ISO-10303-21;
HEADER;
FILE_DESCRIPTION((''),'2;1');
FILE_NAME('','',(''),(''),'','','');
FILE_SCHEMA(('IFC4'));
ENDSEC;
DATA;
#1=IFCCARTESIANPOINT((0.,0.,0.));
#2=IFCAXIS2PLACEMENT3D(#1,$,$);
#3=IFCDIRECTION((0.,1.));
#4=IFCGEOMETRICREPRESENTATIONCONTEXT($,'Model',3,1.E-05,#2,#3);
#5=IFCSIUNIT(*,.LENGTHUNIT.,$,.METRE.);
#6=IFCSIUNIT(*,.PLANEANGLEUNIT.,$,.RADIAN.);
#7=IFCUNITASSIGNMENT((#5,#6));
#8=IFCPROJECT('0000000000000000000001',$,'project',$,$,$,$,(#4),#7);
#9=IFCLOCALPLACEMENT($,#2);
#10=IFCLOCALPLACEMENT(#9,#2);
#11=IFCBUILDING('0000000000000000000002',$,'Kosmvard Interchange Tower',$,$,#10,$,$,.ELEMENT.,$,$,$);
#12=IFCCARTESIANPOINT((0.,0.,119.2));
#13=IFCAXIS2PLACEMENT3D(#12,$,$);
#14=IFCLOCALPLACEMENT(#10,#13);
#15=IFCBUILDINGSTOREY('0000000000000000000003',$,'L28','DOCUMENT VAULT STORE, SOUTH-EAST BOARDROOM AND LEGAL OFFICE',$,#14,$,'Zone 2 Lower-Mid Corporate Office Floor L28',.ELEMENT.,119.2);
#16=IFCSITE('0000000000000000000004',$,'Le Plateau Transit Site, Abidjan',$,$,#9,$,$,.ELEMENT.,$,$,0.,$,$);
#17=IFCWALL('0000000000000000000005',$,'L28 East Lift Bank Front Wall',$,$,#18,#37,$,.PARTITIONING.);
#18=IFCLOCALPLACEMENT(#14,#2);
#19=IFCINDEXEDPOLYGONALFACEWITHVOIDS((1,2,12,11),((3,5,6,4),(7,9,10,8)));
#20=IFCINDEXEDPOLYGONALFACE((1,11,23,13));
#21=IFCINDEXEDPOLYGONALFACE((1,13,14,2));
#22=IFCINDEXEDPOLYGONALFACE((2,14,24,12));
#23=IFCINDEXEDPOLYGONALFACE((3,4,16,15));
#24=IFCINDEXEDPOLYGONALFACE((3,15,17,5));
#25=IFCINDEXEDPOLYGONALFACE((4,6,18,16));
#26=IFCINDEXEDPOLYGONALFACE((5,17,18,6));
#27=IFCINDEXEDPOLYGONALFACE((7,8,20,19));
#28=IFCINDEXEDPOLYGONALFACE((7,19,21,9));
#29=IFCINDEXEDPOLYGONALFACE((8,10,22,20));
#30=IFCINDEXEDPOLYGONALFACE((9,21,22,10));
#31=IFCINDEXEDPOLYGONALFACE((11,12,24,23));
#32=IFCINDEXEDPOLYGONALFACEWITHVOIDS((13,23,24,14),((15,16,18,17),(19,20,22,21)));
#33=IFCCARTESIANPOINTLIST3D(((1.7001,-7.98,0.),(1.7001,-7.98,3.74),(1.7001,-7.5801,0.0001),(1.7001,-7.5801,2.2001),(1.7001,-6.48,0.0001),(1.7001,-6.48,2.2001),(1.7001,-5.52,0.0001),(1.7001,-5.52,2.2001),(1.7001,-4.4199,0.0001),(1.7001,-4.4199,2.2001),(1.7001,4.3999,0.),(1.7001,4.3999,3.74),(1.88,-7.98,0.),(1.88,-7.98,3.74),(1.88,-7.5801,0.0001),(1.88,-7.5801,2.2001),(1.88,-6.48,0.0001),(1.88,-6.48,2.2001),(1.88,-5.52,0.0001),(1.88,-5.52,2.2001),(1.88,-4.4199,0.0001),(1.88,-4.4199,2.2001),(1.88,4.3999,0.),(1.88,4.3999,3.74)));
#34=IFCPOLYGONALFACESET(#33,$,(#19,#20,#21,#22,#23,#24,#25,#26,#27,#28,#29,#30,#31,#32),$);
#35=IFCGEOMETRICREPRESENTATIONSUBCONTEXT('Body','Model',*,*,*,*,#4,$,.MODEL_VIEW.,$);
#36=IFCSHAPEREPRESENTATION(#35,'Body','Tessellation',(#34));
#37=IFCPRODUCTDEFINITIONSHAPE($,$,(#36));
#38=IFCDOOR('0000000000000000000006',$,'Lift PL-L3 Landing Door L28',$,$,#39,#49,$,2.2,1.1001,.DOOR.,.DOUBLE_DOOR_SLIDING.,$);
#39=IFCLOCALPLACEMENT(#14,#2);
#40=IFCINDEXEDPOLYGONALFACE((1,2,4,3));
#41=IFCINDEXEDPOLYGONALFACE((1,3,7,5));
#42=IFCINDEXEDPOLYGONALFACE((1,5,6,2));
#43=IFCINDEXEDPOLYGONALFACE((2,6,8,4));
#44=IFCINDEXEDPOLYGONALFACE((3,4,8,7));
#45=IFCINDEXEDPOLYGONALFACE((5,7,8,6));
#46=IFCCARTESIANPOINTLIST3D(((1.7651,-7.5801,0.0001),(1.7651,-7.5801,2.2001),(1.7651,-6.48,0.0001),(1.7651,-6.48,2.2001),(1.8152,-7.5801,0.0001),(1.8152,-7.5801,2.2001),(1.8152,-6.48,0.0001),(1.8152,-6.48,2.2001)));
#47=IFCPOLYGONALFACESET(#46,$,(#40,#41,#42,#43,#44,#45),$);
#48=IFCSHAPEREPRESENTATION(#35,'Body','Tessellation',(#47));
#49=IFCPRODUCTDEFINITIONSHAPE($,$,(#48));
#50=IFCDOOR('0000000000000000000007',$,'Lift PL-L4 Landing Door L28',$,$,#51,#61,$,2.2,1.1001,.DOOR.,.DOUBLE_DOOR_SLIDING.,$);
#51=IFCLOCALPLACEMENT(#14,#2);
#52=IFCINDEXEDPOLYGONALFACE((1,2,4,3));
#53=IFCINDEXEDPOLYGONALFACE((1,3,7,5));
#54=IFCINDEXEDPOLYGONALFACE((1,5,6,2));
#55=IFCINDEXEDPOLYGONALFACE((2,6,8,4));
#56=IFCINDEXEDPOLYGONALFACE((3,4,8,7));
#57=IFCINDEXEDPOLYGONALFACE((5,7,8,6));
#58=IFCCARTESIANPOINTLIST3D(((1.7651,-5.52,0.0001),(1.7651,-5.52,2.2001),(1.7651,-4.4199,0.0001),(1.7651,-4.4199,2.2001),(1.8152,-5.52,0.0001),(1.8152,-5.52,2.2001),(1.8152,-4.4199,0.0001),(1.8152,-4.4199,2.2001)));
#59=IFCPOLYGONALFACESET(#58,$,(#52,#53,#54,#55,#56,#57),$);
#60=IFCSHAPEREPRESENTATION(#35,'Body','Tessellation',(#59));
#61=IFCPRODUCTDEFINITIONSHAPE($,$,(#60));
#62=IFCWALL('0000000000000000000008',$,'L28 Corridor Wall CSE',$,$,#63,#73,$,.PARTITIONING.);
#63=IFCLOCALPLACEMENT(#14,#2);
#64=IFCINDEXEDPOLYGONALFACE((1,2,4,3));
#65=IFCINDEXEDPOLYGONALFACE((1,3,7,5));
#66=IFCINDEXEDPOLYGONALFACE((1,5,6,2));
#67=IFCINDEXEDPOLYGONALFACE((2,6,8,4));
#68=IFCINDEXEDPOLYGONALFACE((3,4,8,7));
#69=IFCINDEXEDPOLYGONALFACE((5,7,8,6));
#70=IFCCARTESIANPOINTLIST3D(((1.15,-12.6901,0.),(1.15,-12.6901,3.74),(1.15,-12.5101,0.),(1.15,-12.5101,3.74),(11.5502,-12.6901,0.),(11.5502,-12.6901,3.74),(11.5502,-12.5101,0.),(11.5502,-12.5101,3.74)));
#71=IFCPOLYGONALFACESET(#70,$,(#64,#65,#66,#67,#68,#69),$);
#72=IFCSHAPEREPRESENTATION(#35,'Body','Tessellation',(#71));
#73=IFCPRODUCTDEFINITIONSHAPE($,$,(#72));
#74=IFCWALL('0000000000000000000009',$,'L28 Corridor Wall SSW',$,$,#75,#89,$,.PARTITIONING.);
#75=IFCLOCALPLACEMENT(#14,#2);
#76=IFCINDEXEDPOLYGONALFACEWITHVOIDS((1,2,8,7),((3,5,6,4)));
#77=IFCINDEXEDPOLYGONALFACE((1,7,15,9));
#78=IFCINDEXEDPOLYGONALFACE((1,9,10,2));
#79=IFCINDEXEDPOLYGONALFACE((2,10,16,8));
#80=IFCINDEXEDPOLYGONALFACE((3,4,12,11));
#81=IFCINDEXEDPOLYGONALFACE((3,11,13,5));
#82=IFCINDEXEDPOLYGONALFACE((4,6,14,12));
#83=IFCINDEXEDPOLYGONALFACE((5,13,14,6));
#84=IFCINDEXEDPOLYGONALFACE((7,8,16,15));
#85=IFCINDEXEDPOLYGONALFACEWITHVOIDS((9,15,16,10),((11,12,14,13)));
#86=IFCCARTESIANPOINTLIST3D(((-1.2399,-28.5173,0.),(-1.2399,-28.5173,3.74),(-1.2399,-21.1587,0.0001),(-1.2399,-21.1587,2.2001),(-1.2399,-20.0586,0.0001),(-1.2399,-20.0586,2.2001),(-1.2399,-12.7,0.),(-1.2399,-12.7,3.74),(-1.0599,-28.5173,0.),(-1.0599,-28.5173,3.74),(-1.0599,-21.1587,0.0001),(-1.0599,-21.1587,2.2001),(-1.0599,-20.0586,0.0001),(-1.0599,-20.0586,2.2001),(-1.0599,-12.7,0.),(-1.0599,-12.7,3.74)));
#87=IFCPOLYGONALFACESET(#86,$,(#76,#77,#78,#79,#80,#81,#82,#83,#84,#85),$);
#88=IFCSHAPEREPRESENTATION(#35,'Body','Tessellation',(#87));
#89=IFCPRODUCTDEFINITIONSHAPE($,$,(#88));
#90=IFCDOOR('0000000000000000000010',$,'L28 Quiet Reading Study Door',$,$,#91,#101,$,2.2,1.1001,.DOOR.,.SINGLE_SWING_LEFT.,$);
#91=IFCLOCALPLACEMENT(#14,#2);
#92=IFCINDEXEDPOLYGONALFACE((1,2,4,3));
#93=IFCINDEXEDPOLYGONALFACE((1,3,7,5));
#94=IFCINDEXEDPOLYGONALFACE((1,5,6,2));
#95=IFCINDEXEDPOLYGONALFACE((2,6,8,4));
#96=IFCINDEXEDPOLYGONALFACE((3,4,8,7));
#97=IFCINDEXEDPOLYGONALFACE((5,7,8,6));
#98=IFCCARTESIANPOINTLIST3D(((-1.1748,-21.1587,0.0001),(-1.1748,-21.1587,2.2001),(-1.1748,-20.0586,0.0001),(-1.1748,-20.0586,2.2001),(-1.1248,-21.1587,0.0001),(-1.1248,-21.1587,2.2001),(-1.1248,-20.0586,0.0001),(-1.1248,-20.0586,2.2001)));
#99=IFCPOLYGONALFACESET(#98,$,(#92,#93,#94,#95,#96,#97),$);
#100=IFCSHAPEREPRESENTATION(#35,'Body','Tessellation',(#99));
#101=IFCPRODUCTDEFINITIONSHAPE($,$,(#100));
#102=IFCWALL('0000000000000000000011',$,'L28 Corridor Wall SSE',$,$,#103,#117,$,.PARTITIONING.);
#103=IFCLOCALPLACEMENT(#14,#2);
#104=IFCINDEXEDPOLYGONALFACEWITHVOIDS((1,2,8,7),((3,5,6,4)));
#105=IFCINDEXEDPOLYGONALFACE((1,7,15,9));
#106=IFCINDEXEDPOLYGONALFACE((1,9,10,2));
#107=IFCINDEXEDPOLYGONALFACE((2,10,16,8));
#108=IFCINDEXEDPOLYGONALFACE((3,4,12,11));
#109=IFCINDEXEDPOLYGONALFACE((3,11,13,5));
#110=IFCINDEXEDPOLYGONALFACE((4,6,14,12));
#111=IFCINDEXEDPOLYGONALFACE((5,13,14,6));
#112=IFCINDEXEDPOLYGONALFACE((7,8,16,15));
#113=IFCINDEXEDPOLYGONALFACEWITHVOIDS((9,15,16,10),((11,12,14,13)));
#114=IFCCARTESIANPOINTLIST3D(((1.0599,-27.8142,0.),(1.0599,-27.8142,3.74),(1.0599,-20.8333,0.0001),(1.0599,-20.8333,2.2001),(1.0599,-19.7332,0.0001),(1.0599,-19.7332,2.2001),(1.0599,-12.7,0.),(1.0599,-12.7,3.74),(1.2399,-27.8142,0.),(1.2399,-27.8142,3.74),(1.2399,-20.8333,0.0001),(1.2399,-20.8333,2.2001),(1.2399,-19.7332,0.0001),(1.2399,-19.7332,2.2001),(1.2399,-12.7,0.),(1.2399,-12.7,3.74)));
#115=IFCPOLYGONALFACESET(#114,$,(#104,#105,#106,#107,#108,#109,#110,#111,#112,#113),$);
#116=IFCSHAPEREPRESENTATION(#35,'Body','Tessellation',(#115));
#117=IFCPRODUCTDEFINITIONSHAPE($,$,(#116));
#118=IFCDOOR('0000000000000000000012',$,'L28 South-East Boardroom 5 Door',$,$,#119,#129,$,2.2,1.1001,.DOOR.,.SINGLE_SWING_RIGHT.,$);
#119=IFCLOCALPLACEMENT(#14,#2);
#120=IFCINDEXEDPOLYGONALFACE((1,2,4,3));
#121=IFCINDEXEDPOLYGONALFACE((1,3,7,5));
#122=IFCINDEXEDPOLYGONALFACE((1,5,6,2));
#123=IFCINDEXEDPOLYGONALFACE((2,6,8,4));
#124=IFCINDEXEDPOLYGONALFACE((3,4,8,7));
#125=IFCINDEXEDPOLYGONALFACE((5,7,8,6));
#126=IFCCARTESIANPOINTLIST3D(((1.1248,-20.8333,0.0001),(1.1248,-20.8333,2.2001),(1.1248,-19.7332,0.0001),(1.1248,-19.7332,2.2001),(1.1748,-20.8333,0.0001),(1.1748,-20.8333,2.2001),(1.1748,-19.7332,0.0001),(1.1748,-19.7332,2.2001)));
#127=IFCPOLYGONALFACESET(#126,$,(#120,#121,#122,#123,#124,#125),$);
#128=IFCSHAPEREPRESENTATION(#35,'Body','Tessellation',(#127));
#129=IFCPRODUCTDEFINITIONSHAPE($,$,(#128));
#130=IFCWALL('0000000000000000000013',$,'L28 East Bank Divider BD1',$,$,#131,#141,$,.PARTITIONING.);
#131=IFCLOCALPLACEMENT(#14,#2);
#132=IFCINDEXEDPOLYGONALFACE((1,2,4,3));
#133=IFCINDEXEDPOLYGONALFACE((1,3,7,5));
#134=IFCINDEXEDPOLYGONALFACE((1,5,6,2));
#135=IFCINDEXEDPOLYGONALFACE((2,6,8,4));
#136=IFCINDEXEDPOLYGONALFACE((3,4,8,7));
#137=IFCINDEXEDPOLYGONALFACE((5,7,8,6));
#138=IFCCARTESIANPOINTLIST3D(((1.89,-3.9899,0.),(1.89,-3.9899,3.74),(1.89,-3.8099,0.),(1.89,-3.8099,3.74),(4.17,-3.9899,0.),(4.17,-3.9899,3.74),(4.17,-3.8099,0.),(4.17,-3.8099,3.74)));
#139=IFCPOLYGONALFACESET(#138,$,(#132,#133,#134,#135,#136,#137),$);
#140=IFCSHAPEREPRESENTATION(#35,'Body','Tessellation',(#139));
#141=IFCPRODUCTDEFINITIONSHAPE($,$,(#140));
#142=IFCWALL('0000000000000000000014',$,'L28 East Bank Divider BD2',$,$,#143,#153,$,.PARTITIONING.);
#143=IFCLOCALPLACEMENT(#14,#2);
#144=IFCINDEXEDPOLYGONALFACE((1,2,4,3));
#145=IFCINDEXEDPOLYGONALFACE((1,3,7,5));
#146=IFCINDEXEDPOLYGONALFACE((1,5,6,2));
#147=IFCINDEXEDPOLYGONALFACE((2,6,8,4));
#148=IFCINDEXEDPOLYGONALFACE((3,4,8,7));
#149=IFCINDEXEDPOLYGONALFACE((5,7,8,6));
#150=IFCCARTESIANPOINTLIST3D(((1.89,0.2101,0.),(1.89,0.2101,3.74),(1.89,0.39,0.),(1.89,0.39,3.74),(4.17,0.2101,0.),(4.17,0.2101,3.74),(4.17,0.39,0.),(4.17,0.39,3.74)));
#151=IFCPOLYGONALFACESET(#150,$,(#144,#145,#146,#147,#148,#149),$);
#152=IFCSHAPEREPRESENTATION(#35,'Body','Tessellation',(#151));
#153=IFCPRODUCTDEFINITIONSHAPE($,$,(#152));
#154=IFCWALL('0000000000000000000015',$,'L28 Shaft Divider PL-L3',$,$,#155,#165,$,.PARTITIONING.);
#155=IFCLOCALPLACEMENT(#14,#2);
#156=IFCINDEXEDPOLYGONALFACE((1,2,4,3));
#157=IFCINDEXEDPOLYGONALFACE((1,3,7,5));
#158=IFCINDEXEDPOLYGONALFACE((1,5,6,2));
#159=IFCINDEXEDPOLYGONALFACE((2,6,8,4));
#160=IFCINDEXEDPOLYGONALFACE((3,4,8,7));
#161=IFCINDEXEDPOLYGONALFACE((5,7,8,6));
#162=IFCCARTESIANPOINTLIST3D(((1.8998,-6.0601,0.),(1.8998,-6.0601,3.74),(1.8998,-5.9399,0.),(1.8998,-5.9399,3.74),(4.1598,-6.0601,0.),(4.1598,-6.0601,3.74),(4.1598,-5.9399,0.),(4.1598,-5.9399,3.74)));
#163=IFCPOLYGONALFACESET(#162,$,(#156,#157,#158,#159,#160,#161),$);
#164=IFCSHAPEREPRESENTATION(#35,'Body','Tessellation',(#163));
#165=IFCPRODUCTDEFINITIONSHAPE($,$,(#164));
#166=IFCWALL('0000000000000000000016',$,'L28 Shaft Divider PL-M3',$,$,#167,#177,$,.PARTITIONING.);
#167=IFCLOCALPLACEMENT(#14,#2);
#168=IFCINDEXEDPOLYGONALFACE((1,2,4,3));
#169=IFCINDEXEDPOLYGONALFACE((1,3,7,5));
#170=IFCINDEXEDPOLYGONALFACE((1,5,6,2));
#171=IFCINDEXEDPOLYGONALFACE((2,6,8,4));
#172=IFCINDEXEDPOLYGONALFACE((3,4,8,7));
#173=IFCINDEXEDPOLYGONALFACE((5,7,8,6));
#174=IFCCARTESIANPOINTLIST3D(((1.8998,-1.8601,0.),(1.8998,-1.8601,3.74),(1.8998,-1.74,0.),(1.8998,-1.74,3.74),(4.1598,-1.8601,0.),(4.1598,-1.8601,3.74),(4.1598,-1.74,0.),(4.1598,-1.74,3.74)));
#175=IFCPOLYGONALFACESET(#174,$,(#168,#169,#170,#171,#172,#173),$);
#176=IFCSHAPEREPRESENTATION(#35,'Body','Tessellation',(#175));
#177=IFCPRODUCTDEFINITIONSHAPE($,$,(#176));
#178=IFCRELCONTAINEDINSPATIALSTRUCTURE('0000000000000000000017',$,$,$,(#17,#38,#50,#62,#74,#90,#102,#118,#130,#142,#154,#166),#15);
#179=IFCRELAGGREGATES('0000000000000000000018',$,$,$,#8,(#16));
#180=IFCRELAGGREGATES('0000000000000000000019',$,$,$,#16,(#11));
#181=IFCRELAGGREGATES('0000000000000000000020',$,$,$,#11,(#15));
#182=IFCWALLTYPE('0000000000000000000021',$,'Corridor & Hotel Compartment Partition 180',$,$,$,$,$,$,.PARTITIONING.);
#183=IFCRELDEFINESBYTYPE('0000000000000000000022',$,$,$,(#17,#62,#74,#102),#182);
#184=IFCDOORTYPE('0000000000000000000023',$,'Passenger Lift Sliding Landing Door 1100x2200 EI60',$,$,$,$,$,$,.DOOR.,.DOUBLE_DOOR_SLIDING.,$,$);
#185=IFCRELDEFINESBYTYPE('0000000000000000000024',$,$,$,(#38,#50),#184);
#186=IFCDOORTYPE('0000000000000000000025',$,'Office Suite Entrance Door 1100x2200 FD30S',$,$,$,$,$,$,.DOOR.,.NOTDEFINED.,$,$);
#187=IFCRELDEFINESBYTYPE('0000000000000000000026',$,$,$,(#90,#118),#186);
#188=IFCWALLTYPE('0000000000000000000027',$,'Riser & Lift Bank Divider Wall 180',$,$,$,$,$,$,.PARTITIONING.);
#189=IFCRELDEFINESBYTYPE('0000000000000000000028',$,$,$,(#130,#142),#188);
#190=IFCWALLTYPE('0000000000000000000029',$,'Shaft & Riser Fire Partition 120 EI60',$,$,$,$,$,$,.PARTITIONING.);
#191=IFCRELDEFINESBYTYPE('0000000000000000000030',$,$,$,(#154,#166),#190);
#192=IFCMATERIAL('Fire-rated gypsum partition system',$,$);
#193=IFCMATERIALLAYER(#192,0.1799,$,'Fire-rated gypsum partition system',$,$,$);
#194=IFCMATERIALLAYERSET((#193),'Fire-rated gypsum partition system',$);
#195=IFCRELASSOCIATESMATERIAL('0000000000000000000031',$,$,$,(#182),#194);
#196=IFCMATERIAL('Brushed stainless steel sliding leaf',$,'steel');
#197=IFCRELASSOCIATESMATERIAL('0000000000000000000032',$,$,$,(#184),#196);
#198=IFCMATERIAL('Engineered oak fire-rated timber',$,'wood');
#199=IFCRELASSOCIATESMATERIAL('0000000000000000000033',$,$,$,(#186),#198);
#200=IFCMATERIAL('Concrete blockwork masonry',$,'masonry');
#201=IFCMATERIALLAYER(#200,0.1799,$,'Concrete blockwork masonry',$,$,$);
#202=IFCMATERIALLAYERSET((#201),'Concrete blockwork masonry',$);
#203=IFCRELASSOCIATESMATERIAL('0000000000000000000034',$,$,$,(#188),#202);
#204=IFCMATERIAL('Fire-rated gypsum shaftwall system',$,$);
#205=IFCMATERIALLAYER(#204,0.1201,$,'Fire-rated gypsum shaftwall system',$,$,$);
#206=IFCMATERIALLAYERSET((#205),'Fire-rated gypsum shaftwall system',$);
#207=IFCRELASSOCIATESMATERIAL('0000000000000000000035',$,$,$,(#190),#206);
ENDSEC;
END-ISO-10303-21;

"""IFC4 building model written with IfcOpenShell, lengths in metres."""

from ifc_helpers import new_model, si_unit, direction, frame, frame_2d, origin, place, context, subcontext, project, spatial, rectangle, extrude, source, transform, mapped, material, layer, layer_set, type_object, element, fill, save


model = new_model("IFC4")

# Units and contexts
model_context = context("Model", 3, precision=1e-05, world=origin(), true_north=direction((0.0, 1.0)))
body_context = subcontext(model_context, "Body", "Model", "MODEL_VIEW")
ifc_project = project(units=[si_unit("LENGTHUNIT", "METRE"), si_unit("PLANEANGLEUNIT", "RADIAN")], contexts=[model_context])

# Site, building, storey
site_placement = place(None, origin())
site = spatial("IfcSite", under=ifc_project, at=site_placement, Name="Le Plateau Transit Site, Abidjan", CompositionType="ELEMENT", RefElevation=0.0)
building_placement = place(site_placement, origin())
building = spatial("IfcBuilding", under=site, at=building_placement, Name="Kosmvard Interchange Tower", CompositionType="ELEMENT")
storey_placement = place(building_placement, frame((0.0, 0.0, 119.2)))
storey = spatial("IfcBuildingStorey", under=building, at=storey_placement, Name="L28", Description="DOCUMENT VAULT STORE, SOUTH-EAST BOARDROOM AND LEGAL OFFICE", LongName="Zone 2 Lower-Mid Corporate Office Floor L28", CompositionType="ELEMENT", Elevation=119.2)

# Wall, openings, doors
ifc_material_1 = material(Name="Fire-rated gypsum partition system")
ifc_layer_1 = layer(ifc_material_1, 0.1799, Name="Fire-rated gypsum partition system")
ifc_layer_set_1 = layer_set([ifc_layer_1], Name="Fire-rated gypsum partition system")
wall_type_1 = type_object("IfcWallType", Name="Corridor & Hotel Compartment Partition 180", PredefinedType="PARTITIONING", material=ifc_layer_set_1)
wall_1_placement = place(storey_placement, frame((1.79, -7.98, 0.0), z_axis=(0.0, 0.0, 1.0), x_axis=(0.0, 1.0, 0.0)))
wall_1 = element("IfcWall", 1, at=wall_1_placement, inside=storey, type_object=wall_type_1, Name="L28 East Lift Bank Front Wall", PredefinedType="PARTITIONING", context=body_context, shape_type="SweptSolid", body=[
    extrude(rectangle(XDim=12.3799, YDim=0.1799, at=frame_2d((6.1899, 0.0))), origin(), (0.0, 0.0, 1.0), 3.74),
])
opening_1_placement = place(wall_1_placement, frame((0.3999, 0.0, 0.0)))
opening_1 = element("IfcOpeningElement", 2, at=opening_1_placement, cuts=wall_1, PredefinedType="OPENING", context=body_context, shape_type="SweptSolid", body=[
    extrude(rectangle(XDim=1.1001, YDim=2.2, at=frame_2d((0.55, 1.1001))), frame((0.0, 0.1001, 0.0), z_axis=(0.0, -1.0, 0.0), x_axis=(1.0, 0.0, 0.0)), (0.0, 0.0, 1.0), 0.2),
])
opening_2_placement = place(wall_1_placement, frame((2.46, 0.0, 0.0)))
opening_2 = element("IfcOpeningElement", 3, at=opening_2_placement, cuts=wall_1, PredefinedType="OPENING", context=body_context, shape_type="SweptSolid", body=[
    extrude(rectangle(XDim=1.1001, YDim=2.2, at=frame_2d((0.55, 1.1001))), frame((0.0, 0.1001, 0.0), z_axis=(0.0, -1.0, 0.0), x_axis=(1.0, 0.0, 0.0)), (0.0, 0.0, 1.0), 0.2),
])
ifc_material_2 = material(Name="Brushed stainless steel sliding leaf", Category="steel")
door_type_1 = type_object("IfcDoorType", Name="Passenger Lift Sliding Landing Door 1100x2200 EI60", OperationType="DOUBLE_DOOR_SLIDING", PredefinedType="DOOR", material=ifc_material_2)
shared_shape_1 = source(origin(), body_context, "Body", "SweptSolid", [
    extrude(rectangle(XDim=1.1001, YDim=2.2, at=frame_2d((0.55, 1.1001))), frame((0.0, 0.0249, 0.0), z_axis=(0.0, -1.0, 0.0), x_axis=(1.0, 0.0, 0.0)), (0.0, 0.0, 1.0), 0.05),
])
door_1_placement = place(opening_1_placement, origin())
door_1 = element("IfcDoor", 4, at=door_1_placement, inside=storey, type_object=door_type_1, Name="Lift PL-L3 Landing Door L28", OperationType="DOUBLE_DOOR_SLIDING", OverallHeight=2.2, OverallWidth=1.1001, PredefinedType="DOOR", context=body_context, shape_type="MappedRepresentation", body=[
    mapped(shared_shape_1, transform((0.0, 0.0, 0.0), scale=1.0)),
])
fill(opening_1, door_1)
door_2_placement = place(opening_2_placement, origin())
door_2 = element("IfcDoor", 5, at=door_2_placement, inside=storey, type_object=door_type_1, Name="Lift PL-L4 Landing Door L28", OperationType="DOUBLE_DOOR_SLIDING", OverallHeight=2.2, OverallWidth=1.1001, PredefinedType="DOOR", context=body_context, shape_type="MappedRepresentation", body=[
    mapped(shared_shape_1, transform((0.0, 0.0, 0.0), scale=1.0)),
])
fill(opening_2, door_2)

# Wall
wall_2_placement = place(storey_placement, frame((1.1499, -12.6001, 0.0), z_axis=(0.0, 0.0, 1.0), x_axis=(1.0, 0.0, 0.0)))
element("IfcWall", 6, at=wall_2_placement, inside=storey, type_object=wall_type_1, Name="L28 Corridor Wall CSE", PredefinedType="PARTITIONING", context=body_context, shape_type="SweptSolid", body=[
    extrude(rectangle(XDim=10.4001, YDim=0.1799, at=frame_2d((5.2002, 0.0))), origin(), (0.0, 0.0, 1.0), 3.74),
])

# Walls, openings, doors
wall_3_placement = place(storey_placement, frame((-1.1499, -28.5173, 0.0), z_axis=(0.0, 0.0, 1.0), x_axis=(0.0, 1.0, 0.0)))
wall_3 = element("IfcWall", 7, at=wall_3_placement, inside=storey, type_object=wall_type_1, Name="L28 Corridor Wall SSW", PredefinedType="PARTITIONING", context=body_context, shape_type="SweptSolid", body=[
    extrude(rectangle(XDim=15.8174, YDim=0.1799, at=frame_2d((7.9087, 0.0))), origin(), (0.0, 0.0, 1.0), 3.74),
])
opening_3_placement = place(wall_3_placement, frame((7.3586, 0.0, 0.0)))
opening_3 = element("IfcOpeningElement", 8, at=opening_3_placement, cuts=wall_3, PredefinedType="OPENING", context=body_context, shape_type="SweptSolid", body=[
    extrude(rectangle(XDim=1.1001, YDim=2.2, at=frame_2d((0.55, 1.1001))), frame((0.0, 0.1001, 0.0), z_axis=(0.0, -1.0, 0.0), x_axis=(1.0, 0.0, 0.0)), (0.0, 0.0, 1.0), 0.2),
])
ifc_material_3 = material(Name="Engineered oak fire-rated timber", Category="wood")
door_type_2 = type_object("IfcDoorType", Name="Office Suite Entrance Door 1100x2200 FD30S", OperationType="NOTDEFINED", PredefinedType="DOOR", material=ifc_material_3)
door_3_placement = place(opening_3_placement, origin())
door_3 = element("IfcDoor", 9, at=door_3_placement, inside=storey, type_object=door_type_2, Name="L28 Quiet Reading Study Door", OperationType="SINGLE_SWING_LEFT", OverallHeight=2.2, OverallWidth=1.1001, PredefinedType="DOOR", context=body_context, shape_type="MappedRepresentation", body=[
    mapped(shared_shape_1, transform((0.0, 0.0, 0.0), scale=1.0)),
])
fill(opening_3, door_3)
wall_4_placement = place(storey_placement, frame((1.1499, -27.8142, 0.0), z_axis=(0.0, 0.0, 1.0), x_axis=(0.0, 1.0, 0.0)))
wall_4 = element("IfcWall", 10, at=wall_4_placement, inside=storey, type_object=wall_type_1, Name="L28 Corridor Wall SSE", PredefinedType="PARTITIONING", context=body_context, shape_type="SweptSolid", body=[
    extrude(rectangle(XDim=15.1143, YDim=0.1799, at=frame_2d((7.5571, 0.0))), origin(), (0.0, 0.0, 1.0), 3.74),
])
opening_4_placement = place(wall_4_placement, frame((6.981, 0.0, 0.0)))
opening_4 = element("IfcOpeningElement", 11, at=opening_4_placement, cuts=wall_4, PredefinedType="OPENING", context=body_context, shape_type="SweptSolid", body=[
    extrude(rectangle(XDim=1.1001, YDim=2.2, at=frame_2d((0.55, 1.1001))), frame((0.0, 0.1001, 0.0), z_axis=(0.0, -1.0, 0.0), x_axis=(1.0, 0.0, 0.0)), (0.0, 0.0, 1.0), 0.2),
])
door_4_placement = place(opening_4_placement, frame((1.1001, 0.0, 0.0), z_axis=(0.0, 0.0, 1.0), x_axis=(-1.0, 0.0, 0.0)))
door_4 = element("IfcDoor", 12, at=door_4_placement, inside=storey, type_object=door_type_2, Name="L28 South-East Boardroom 5 Door", OperationType="SINGLE_SWING_RIGHT", OverallHeight=2.2, OverallWidth=1.1001, PredefinedType="DOOR", context=body_context, shape_type="MappedRepresentation", body=[
    mapped(shared_shape_1, transform((0.0, 0.0, 0.0), scale=1.0)),
])
fill(opening_4, door_4)

# Walls
ifc_material_4 = material(Name="Concrete blockwork masonry", Category="masonry")
ifc_layer_2 = layer(ifc_material_4, 0.1799, Name="Concrete blockwork masonry")
ifc_layer_set_2 = layer_set([ifc_layer_2], Name="Concrete blockwork masonry")
wall_type_2 = type_object("IfcWallType", Name="Riser & Lift Bank Divider Wall 180", PredefinedType="PARTITIONING", material=ifc_layer_set_2)
for number, where, z_axis, x_axis, name in (
    (13, (1.8899, -3.8999, 0.0), (0.0, 0.0, 1.0), (1.0, 0.0, 0.0), "L28 East Bank Divider BD1"),
    (14, (1.8899, 0.3, 0.0), (0.0, 0.0, 1.0), (1.0, 0.0, 0.0), "L28 East Bank Divider BD2"),
):
    element("IfcWall", number, at=place(storey_placement, frame(where, z_axis=z_axis, x_axis=x_axis)), inside=storey, type_object=wall_type_2, Name=name, PredefinedType="PARTITIONING", context=body_context, shape_type="SweptSolid", body=[
        extrude(rectangle(XDim=2.28, YDim=0.1799, at=frame_2d((1.1401, 0.0))), origin(), (0.0, 0.0, 1.0), 3.74),
    ])
ifc_material_5 = material(Name="Fire-rated gypsum shaftwall system")
ifc_layer_3 = layer(ifc_material_5, 0.1201, Name="Fire-rated gypsum shaftwall system")
ifc_layer_set_3 = layer_set([ifc_layer_3], Name="Fire-rated gypsum shaftwall system")
wall_type_3 = type_object("IfcWallType", Name="Shaft & Riser Fire Partition 120 EI60", PredefinedType="PARTITIONING", material=ifc_layer_set_3)
for number, where, z_axis, x_axis, name in (
    (15, (1.8999, -6.0, 0.0), (0.0, 0.0, 1.0), (1.0, 0.0, 0.0), "L28 Shaft Divider PL-L3"),
    (16, (1.8999, -1.8, 0.0), (0.0, 0.0, 1.0), (1.0, 0.0, 0.0), "L28 Shaft Divider PL-M3"),
):
    element("IfcWall", number, at=place(storey_placement, frame(where, z_axis=z_axis, x_axis=x_axis)), inside=storey, type_object=wall_type_3, Name=name, PredefinedType="PARTITIONING", context=body_context, shape_type="SweptSolid", body=[
        extrude(rectangle(XDim=2.26, YDim=0.1201, at=frame_2d((1.1299, 0.0))), origin(), (0.0, 0.0, 1.0), 3.74),
    ])

save(model, "model.ifc")
